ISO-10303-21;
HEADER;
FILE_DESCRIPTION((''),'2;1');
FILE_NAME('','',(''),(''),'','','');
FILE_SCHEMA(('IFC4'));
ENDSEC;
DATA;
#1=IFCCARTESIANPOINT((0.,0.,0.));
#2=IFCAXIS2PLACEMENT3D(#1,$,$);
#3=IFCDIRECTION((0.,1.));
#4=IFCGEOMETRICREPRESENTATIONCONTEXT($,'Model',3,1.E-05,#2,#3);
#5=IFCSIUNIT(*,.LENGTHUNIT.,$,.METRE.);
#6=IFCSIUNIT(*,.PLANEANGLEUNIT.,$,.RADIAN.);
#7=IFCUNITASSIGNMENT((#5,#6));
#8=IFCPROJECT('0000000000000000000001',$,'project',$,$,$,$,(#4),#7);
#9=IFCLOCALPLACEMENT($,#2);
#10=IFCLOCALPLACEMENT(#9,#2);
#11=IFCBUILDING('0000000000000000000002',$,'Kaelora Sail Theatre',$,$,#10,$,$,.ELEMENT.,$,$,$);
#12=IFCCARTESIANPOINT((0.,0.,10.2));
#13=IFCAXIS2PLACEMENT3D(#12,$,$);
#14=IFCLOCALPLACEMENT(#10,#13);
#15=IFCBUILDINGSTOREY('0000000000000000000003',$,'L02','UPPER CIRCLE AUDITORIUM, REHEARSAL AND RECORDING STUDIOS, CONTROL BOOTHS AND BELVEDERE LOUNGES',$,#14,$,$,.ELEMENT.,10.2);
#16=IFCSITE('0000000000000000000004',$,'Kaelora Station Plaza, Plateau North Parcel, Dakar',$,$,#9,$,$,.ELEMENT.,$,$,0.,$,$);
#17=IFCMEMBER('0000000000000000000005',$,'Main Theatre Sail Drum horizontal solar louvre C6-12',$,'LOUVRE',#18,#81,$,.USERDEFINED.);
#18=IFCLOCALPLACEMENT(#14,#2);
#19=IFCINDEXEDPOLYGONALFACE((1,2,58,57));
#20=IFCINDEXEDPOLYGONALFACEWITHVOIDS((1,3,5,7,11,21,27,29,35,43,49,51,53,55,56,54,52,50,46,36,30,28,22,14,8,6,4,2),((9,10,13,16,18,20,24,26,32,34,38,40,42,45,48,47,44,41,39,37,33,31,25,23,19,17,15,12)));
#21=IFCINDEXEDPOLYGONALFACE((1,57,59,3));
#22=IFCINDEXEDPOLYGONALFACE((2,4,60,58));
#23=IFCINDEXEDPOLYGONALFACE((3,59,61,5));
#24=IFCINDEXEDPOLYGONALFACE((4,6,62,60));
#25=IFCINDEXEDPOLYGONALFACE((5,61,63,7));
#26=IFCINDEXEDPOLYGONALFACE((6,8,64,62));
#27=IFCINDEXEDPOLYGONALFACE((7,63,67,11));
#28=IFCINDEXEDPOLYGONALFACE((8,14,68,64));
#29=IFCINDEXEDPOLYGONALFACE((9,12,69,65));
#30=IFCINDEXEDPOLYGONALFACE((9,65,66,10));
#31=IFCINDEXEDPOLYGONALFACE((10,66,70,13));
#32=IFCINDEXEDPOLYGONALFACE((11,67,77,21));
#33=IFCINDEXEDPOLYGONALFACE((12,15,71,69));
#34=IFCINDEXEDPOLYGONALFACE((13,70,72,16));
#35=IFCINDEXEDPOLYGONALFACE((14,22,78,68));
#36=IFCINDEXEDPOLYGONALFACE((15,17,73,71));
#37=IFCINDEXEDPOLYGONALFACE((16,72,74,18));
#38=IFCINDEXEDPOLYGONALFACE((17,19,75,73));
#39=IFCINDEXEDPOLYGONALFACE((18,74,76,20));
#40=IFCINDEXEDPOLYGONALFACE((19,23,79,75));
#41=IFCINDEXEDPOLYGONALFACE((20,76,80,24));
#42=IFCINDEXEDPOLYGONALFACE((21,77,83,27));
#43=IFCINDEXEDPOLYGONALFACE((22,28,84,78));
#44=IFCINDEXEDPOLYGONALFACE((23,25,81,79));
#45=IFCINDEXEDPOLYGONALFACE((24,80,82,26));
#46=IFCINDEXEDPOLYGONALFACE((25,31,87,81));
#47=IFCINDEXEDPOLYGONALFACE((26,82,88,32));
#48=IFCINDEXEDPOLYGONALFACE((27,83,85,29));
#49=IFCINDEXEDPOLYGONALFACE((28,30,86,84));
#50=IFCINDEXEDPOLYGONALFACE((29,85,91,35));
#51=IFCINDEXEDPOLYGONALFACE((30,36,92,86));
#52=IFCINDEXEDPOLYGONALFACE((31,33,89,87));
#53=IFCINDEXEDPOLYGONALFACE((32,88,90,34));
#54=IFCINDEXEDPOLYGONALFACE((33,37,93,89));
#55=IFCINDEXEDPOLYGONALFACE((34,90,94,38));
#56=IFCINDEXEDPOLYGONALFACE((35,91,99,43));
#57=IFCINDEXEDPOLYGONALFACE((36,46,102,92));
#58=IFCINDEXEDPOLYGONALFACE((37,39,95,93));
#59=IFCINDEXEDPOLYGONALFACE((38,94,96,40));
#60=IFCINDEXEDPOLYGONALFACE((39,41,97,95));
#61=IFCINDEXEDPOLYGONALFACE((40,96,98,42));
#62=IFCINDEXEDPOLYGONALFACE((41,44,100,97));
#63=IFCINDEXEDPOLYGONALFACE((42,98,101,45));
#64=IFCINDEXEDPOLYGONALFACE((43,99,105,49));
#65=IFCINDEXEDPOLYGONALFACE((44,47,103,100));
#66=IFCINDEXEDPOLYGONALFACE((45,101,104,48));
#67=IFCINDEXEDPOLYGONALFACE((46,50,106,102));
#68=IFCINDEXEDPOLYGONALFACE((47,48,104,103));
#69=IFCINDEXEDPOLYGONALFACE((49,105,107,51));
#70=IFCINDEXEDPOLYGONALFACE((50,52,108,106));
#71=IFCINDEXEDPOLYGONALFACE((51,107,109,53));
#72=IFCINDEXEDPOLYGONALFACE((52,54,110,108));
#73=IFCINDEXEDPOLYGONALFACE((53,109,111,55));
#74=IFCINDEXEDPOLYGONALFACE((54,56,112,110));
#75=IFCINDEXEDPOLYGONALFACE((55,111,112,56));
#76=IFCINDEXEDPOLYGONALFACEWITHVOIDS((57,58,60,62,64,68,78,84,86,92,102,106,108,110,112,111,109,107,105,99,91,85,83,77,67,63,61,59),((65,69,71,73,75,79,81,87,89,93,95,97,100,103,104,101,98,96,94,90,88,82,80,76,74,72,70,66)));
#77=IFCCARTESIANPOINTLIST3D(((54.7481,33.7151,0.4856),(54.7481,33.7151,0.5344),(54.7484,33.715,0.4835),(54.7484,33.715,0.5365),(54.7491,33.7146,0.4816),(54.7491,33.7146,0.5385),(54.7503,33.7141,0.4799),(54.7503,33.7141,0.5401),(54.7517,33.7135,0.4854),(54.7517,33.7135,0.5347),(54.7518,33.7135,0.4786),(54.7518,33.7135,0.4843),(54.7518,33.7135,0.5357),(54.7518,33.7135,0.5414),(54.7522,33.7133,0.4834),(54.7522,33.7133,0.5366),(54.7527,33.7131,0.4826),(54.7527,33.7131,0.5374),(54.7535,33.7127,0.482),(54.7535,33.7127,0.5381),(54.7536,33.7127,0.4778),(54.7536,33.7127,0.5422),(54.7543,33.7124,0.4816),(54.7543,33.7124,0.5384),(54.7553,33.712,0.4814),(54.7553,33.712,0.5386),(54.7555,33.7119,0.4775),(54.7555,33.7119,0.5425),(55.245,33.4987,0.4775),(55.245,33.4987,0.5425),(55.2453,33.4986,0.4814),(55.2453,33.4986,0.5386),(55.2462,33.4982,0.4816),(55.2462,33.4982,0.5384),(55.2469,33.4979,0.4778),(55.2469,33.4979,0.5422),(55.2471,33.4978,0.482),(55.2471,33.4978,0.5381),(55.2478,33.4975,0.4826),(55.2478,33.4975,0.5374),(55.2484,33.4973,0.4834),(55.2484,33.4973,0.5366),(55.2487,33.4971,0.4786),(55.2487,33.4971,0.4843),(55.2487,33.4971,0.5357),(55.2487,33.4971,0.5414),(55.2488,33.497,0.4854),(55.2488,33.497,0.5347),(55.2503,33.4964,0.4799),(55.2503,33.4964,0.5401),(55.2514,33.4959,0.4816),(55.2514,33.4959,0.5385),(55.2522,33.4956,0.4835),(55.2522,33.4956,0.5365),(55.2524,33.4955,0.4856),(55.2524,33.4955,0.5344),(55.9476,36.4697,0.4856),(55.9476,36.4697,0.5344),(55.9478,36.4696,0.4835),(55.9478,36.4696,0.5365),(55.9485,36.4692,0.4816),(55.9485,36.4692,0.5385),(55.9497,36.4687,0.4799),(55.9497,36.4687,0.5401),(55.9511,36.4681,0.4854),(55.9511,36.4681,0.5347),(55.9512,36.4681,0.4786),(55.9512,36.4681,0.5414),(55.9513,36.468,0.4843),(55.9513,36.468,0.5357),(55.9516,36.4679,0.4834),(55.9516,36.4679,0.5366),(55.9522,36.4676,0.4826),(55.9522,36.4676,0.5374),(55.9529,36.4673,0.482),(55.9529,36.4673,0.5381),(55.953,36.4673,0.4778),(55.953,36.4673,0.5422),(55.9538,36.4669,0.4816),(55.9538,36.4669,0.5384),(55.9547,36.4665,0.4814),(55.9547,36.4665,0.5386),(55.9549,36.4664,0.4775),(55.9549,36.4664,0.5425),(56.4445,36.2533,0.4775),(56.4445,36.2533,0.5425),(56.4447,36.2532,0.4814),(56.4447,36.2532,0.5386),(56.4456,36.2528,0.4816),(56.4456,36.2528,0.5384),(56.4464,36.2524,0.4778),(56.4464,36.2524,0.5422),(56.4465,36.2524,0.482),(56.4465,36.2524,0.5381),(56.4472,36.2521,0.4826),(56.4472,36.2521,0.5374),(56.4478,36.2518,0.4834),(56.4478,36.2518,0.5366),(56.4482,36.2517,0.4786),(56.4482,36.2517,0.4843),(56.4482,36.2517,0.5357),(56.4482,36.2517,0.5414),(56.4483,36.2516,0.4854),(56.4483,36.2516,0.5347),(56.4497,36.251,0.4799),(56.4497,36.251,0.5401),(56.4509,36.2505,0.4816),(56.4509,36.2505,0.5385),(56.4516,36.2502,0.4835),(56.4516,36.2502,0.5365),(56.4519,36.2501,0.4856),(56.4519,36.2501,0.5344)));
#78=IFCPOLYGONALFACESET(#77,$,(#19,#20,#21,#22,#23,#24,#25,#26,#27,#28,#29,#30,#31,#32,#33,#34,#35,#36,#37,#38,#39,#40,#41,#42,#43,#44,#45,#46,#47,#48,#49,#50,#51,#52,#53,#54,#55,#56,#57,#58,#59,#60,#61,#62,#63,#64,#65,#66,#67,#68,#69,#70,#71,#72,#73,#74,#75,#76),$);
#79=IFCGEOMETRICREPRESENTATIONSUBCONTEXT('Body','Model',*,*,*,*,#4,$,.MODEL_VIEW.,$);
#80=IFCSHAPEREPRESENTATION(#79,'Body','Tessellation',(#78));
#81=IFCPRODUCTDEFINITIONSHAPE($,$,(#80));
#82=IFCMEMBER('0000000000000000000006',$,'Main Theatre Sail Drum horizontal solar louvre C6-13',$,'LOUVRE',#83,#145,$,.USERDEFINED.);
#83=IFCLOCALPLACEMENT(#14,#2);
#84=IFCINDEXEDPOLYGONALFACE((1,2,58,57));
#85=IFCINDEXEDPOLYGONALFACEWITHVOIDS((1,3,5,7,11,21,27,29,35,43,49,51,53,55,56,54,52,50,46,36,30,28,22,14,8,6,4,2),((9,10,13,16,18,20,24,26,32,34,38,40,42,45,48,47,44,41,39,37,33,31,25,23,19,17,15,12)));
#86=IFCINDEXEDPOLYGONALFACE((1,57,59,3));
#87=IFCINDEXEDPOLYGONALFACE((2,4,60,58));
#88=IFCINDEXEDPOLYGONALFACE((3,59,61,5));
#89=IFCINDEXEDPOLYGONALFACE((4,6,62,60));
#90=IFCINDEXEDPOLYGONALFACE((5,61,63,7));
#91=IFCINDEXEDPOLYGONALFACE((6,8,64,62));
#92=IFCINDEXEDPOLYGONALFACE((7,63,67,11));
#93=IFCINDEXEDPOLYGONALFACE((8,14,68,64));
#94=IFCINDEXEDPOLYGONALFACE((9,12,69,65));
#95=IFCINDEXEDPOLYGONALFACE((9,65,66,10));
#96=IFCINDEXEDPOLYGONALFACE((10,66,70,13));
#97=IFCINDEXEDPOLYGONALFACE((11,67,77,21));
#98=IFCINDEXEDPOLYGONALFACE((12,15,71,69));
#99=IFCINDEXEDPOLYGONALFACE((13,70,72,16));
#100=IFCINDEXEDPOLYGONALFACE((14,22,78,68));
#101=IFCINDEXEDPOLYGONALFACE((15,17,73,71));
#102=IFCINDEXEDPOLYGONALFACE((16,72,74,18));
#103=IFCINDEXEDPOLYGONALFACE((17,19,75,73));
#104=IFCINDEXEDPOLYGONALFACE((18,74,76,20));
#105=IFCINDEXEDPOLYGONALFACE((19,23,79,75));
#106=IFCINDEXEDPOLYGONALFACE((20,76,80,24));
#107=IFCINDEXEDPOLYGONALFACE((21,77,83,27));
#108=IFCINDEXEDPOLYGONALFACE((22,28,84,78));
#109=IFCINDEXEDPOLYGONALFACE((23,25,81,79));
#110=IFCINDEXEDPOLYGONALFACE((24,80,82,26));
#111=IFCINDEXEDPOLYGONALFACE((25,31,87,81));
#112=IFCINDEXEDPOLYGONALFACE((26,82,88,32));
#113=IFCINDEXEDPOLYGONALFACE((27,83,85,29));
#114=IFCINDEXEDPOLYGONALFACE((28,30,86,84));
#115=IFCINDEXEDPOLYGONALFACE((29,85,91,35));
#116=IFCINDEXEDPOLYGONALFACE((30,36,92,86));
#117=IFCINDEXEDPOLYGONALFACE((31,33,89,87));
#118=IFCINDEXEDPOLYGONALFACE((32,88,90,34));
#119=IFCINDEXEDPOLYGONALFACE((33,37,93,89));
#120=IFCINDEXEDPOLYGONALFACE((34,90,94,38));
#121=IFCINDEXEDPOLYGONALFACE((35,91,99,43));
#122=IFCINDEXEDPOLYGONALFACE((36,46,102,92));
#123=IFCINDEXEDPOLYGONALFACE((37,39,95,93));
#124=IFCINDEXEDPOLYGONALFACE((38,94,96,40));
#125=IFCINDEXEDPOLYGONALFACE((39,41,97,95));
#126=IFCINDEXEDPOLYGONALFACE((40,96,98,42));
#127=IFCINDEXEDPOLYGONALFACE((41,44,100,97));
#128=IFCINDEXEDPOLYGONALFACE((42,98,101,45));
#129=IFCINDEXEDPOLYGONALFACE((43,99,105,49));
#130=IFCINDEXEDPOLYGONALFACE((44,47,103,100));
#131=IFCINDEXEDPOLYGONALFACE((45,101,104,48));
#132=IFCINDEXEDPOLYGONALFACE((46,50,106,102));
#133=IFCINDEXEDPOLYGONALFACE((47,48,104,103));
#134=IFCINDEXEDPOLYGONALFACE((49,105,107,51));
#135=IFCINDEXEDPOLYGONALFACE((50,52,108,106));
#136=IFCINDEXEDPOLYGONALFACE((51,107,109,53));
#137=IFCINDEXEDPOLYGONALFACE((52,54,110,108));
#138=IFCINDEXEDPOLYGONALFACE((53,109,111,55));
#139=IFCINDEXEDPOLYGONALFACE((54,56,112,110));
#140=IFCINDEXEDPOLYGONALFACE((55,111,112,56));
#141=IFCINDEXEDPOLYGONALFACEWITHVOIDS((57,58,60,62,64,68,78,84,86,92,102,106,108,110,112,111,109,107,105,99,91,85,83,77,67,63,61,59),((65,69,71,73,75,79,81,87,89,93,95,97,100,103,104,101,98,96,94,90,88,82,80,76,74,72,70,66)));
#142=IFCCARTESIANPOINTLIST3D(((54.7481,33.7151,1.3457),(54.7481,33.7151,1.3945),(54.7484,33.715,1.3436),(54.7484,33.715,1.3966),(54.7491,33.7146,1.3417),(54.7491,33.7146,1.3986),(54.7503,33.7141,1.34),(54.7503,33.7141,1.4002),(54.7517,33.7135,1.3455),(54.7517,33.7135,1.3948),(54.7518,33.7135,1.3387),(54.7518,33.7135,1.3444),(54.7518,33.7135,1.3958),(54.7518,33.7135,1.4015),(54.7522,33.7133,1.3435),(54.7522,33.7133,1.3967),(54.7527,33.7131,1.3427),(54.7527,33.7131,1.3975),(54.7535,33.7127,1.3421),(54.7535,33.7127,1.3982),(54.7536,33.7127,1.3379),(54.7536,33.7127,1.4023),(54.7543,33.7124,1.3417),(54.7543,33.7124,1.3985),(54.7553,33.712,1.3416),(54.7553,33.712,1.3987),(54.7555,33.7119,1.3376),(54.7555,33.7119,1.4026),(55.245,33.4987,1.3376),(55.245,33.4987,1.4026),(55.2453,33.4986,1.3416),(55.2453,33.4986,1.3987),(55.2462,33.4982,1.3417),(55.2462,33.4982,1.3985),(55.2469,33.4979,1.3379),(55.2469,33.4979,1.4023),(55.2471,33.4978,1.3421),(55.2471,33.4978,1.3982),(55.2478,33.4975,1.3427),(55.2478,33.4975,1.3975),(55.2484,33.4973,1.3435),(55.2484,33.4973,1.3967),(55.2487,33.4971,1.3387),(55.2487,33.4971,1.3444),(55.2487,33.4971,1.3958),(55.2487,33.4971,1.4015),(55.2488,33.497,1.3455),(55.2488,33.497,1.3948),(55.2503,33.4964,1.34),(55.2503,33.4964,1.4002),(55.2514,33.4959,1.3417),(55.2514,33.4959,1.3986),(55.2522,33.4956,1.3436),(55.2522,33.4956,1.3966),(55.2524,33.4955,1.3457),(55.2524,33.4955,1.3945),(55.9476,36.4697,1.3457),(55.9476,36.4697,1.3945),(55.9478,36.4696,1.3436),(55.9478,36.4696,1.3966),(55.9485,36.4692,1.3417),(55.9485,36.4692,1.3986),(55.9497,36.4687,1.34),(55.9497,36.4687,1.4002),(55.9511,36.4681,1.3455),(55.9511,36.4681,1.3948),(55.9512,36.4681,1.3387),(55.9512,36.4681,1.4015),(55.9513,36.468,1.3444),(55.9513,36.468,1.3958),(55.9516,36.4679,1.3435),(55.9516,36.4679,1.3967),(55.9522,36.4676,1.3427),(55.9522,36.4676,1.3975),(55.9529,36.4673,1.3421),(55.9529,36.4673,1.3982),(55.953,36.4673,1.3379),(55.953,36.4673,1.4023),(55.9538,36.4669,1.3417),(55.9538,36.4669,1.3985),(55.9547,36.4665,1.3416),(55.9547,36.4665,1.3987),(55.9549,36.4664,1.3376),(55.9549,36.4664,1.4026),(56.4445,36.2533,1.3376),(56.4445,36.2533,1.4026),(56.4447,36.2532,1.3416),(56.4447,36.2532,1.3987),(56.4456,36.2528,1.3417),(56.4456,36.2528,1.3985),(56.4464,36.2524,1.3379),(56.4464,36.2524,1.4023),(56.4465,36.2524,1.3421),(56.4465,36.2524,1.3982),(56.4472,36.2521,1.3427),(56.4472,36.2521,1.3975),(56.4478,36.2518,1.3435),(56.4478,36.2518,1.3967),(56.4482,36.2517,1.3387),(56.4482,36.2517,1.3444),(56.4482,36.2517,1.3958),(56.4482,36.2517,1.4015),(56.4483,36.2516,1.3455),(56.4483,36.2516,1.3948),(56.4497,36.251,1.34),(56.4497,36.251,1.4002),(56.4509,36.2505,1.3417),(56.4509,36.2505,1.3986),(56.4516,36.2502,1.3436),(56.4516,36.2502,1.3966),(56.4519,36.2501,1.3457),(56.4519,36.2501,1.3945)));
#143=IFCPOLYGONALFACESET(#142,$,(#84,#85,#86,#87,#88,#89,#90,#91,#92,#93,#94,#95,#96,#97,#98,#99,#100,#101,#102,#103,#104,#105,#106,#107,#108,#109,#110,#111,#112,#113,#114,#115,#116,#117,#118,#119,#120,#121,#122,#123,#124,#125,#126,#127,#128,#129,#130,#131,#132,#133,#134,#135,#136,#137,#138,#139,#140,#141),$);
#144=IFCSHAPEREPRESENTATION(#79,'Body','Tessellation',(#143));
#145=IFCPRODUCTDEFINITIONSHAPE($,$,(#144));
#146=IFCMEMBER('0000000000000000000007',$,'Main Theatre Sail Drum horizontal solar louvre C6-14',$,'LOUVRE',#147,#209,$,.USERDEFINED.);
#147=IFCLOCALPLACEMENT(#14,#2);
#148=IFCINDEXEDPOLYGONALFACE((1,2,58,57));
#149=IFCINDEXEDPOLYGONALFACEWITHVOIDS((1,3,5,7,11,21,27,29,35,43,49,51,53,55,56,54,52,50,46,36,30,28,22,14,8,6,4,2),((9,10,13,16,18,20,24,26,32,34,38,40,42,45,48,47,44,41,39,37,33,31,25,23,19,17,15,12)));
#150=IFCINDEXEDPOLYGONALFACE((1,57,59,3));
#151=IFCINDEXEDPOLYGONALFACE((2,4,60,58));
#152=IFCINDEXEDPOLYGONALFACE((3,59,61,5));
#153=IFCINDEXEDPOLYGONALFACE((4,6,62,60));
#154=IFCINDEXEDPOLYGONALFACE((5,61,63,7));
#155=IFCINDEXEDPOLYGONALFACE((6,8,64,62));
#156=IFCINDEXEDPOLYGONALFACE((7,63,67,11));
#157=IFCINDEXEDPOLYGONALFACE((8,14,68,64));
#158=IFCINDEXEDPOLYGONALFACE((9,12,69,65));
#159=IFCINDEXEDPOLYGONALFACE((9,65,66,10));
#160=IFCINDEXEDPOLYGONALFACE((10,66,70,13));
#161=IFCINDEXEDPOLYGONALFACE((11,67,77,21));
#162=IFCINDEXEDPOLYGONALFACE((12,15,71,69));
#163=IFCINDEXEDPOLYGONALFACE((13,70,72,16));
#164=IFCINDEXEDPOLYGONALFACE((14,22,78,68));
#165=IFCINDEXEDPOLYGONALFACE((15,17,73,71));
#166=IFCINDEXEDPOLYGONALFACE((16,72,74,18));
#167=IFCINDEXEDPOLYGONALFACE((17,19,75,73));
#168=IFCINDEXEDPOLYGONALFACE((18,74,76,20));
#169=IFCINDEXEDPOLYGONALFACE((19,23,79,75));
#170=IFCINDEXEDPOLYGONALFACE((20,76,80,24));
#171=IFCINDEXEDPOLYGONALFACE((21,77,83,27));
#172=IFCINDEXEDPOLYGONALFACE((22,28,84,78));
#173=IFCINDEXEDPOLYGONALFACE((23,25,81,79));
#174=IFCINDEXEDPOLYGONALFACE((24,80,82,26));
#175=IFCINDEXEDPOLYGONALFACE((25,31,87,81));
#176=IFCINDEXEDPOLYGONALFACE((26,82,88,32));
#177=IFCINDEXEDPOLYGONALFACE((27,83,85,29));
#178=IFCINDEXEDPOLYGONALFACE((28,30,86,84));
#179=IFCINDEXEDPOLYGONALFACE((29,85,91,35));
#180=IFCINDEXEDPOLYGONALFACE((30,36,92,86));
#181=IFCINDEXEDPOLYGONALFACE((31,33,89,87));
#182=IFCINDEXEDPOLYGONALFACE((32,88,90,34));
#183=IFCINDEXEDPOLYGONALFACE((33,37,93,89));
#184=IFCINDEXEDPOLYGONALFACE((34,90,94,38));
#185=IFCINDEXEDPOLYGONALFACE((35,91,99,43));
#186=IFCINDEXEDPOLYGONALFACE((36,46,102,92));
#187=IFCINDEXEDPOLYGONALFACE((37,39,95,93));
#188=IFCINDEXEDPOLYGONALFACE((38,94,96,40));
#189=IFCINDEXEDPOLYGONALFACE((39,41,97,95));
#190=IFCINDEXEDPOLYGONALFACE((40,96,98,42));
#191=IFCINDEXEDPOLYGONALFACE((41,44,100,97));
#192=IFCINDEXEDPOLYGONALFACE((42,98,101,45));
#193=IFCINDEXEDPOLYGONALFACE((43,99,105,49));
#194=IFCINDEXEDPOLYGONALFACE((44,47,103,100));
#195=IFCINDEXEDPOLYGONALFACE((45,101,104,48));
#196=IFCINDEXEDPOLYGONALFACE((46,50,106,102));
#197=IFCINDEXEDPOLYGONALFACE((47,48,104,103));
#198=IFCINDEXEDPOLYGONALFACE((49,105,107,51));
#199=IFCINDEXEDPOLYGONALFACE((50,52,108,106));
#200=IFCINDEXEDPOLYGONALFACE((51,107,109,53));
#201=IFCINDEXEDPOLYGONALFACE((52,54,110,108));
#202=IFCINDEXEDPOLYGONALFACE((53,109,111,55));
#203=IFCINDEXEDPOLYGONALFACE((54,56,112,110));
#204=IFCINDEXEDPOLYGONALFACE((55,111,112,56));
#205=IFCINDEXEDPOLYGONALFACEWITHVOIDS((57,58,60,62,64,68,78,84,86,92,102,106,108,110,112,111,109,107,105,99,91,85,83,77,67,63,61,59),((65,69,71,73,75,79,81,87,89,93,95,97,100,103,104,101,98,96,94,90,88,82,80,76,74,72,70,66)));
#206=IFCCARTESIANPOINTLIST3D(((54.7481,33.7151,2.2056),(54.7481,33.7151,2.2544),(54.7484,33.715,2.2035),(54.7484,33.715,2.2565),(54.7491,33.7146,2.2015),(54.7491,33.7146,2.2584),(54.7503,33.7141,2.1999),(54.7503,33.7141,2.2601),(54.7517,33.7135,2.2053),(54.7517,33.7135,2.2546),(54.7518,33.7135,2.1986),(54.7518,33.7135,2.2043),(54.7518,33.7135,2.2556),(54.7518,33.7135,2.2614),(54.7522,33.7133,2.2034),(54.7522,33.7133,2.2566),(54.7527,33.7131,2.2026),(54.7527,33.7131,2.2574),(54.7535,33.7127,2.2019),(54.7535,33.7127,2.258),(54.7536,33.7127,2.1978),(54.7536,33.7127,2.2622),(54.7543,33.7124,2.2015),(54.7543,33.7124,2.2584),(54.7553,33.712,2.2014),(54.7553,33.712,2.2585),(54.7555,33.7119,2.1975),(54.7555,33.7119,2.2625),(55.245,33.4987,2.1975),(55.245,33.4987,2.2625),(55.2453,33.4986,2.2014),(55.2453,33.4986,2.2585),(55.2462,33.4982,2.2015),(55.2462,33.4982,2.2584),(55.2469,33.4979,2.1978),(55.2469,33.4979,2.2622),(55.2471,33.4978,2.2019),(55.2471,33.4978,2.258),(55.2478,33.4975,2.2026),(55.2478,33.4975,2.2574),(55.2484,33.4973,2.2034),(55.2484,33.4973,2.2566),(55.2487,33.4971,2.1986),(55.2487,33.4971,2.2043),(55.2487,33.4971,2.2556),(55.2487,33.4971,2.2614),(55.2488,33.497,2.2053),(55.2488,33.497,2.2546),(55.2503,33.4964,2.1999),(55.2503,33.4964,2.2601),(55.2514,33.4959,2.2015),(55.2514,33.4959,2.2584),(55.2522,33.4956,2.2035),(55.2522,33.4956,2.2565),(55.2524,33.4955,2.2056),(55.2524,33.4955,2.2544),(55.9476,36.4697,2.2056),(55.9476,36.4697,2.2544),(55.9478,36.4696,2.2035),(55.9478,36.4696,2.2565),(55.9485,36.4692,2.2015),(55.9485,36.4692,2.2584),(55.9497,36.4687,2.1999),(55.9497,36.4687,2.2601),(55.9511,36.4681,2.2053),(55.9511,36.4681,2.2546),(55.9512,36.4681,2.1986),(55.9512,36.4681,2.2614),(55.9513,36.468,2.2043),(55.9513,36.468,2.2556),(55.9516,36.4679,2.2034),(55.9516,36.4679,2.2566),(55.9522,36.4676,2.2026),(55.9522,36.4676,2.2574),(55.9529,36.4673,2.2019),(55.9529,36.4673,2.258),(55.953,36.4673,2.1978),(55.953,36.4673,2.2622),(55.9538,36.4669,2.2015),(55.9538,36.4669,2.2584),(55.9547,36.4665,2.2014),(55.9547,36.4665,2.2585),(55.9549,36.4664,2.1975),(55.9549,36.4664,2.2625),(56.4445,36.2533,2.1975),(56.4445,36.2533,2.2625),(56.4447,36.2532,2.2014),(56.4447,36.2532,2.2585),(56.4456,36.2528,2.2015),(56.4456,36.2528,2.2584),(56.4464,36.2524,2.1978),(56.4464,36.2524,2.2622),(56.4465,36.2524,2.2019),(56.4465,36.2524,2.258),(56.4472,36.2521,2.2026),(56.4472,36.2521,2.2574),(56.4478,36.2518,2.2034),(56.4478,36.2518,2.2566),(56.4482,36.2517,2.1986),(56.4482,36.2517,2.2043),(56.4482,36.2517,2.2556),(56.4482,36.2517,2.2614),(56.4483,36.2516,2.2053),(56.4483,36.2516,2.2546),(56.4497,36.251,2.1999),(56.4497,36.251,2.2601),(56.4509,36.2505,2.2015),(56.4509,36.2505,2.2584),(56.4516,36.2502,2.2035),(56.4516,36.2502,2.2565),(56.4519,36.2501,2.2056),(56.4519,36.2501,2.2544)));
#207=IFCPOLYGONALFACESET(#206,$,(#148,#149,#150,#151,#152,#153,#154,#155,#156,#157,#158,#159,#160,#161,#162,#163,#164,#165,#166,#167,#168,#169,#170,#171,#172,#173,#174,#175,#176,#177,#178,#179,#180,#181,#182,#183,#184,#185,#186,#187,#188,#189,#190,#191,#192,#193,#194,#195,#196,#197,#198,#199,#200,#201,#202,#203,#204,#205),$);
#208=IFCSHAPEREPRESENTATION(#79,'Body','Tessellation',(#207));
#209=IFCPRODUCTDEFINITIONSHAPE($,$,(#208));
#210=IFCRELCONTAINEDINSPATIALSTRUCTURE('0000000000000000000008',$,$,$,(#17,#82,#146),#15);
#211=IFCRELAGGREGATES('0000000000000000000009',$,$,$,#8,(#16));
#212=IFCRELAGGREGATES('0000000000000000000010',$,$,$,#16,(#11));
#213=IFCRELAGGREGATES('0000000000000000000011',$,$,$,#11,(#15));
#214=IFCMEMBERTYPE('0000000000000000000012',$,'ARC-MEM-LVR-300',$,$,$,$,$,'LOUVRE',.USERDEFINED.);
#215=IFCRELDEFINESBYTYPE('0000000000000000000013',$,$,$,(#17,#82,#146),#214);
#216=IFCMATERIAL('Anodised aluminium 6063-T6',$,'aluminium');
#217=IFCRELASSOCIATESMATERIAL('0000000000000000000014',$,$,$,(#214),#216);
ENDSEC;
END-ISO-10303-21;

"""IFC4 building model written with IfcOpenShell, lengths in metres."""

from ifc_helpers import new_model, si_unit, direction, frame, origin, origin_2d, place, context, subcontext, project, spatial, hollow_rectangle, extrude, material, material_profile, profile_set, type_object, element, save


model = new_model("IFC4")

# Units and contexts
model_context = context("Model", 3, precision=1e-05, world=origin(), true_north=direction((0.0, 1.0)))
body_context = subcontext(model_context, "Body", "Model", "MODEL_VIEW")
ifc_project = project(units=[si_unit("LENGTHUNIT", "METRE"), si_unit("PLANEANGLEUNIT", "RADIAN")], contexts=[model_context])

# Site, building, storey
site_placement = place(None, origin())
site = spatial("IfcSite", under=ifc_project, at=site_placement, Name="Kaelora Station Plaza, Plateau North Parcel, Dakar", CompositionType="ELEMENT", RefElevation=0.0)
building_placement = place(site_placement, origin())
building = spatial("IfcBuilding", under=site, at=building_placement, Name="Kaelora Sail Theatre", CompositionType="ELEMENT")
storey_placement = place(building_placement, frame((0.0, 0.0, 10.2)))
storey = spatial("IfcBuildingStorey", under=building, at=storey_placement, Name="L02", Description="UPPER CIRCLE AUDITORIUM, REHEARSAL AND RECORDING STUDIOS, CONTROL BOOTHS AND BELVEDERE LOUNGES", CompositionType="ELEMENT", Elevation=10.2)

# Members
ifc_material_1 = material(Name="Anodised aluminium 6063-T6", Category="aluminium")
ifc_material_profile_1 = material_profile(ifc_material_1, hollow_rectangle(XDim=0.55, YDim=0.0649, WallThickness=0.0039, InnerFilletRadius=0.0039, OuterFilletRadius=0.0081, at=origin_2d()), Name="LOUVRE 550x65x4")
ifc_profile_set_1 = profile_set([ifc_material_profile_1], Name="Anodised aluminium 6063-T6")
member_type = type_object("IfcMemberType", Name="ARC-MEM-LVR-300", ElementType="LOUVRE", PredefinedType="USERDEFINED", material=ifc_profile_set_1)
for number, where, z_axis, x_axis, name in (
    (1, (56.1997, 36.3599, 0.51), (-0.399228, -0.916852, 0.0), (0.916852, -0.399228, 0.0), "Main Theatre Sail Drum horizontal solar louvre C6-12"),
    (2, (56.1997, 36.3599, 1.3701), (-0.399228, -0.916852, 0.0), (0.916852, -0.399228, 0.0), "Main Theatre Sail Drum horizontal solar louvre C6-13"),
    (3, (56.1997, 36.3599, 2.23), (-0.399228, -0.916852, 0.0), (0.916852, -0.399228, 0.0), "Main Theatre Sail Drum horizontal solar louvre C6-14"),
):
    element("IfcMember", number, at=place(storey_placement, frame(where, z_axis=z_axis, x_axis=x_axis)), inside=storey, type_object=member_type, Name=name, ObjectType="LOUVRE", PredefinedType="USERDEFINED", context=body_context, shape_type="SweptSolid", body=[
        extrude(hollow_rectangle(XDim=0.55, YDim=0.0649, WallThickness=0.0039, InnerFilletRadius=0.0039, OuterFilletRadius=0.0081, at=origin_2d()), origin(), (0.0, 0.0, 1.0), 3.0044),
    ])

save(model, "model.ifc")
